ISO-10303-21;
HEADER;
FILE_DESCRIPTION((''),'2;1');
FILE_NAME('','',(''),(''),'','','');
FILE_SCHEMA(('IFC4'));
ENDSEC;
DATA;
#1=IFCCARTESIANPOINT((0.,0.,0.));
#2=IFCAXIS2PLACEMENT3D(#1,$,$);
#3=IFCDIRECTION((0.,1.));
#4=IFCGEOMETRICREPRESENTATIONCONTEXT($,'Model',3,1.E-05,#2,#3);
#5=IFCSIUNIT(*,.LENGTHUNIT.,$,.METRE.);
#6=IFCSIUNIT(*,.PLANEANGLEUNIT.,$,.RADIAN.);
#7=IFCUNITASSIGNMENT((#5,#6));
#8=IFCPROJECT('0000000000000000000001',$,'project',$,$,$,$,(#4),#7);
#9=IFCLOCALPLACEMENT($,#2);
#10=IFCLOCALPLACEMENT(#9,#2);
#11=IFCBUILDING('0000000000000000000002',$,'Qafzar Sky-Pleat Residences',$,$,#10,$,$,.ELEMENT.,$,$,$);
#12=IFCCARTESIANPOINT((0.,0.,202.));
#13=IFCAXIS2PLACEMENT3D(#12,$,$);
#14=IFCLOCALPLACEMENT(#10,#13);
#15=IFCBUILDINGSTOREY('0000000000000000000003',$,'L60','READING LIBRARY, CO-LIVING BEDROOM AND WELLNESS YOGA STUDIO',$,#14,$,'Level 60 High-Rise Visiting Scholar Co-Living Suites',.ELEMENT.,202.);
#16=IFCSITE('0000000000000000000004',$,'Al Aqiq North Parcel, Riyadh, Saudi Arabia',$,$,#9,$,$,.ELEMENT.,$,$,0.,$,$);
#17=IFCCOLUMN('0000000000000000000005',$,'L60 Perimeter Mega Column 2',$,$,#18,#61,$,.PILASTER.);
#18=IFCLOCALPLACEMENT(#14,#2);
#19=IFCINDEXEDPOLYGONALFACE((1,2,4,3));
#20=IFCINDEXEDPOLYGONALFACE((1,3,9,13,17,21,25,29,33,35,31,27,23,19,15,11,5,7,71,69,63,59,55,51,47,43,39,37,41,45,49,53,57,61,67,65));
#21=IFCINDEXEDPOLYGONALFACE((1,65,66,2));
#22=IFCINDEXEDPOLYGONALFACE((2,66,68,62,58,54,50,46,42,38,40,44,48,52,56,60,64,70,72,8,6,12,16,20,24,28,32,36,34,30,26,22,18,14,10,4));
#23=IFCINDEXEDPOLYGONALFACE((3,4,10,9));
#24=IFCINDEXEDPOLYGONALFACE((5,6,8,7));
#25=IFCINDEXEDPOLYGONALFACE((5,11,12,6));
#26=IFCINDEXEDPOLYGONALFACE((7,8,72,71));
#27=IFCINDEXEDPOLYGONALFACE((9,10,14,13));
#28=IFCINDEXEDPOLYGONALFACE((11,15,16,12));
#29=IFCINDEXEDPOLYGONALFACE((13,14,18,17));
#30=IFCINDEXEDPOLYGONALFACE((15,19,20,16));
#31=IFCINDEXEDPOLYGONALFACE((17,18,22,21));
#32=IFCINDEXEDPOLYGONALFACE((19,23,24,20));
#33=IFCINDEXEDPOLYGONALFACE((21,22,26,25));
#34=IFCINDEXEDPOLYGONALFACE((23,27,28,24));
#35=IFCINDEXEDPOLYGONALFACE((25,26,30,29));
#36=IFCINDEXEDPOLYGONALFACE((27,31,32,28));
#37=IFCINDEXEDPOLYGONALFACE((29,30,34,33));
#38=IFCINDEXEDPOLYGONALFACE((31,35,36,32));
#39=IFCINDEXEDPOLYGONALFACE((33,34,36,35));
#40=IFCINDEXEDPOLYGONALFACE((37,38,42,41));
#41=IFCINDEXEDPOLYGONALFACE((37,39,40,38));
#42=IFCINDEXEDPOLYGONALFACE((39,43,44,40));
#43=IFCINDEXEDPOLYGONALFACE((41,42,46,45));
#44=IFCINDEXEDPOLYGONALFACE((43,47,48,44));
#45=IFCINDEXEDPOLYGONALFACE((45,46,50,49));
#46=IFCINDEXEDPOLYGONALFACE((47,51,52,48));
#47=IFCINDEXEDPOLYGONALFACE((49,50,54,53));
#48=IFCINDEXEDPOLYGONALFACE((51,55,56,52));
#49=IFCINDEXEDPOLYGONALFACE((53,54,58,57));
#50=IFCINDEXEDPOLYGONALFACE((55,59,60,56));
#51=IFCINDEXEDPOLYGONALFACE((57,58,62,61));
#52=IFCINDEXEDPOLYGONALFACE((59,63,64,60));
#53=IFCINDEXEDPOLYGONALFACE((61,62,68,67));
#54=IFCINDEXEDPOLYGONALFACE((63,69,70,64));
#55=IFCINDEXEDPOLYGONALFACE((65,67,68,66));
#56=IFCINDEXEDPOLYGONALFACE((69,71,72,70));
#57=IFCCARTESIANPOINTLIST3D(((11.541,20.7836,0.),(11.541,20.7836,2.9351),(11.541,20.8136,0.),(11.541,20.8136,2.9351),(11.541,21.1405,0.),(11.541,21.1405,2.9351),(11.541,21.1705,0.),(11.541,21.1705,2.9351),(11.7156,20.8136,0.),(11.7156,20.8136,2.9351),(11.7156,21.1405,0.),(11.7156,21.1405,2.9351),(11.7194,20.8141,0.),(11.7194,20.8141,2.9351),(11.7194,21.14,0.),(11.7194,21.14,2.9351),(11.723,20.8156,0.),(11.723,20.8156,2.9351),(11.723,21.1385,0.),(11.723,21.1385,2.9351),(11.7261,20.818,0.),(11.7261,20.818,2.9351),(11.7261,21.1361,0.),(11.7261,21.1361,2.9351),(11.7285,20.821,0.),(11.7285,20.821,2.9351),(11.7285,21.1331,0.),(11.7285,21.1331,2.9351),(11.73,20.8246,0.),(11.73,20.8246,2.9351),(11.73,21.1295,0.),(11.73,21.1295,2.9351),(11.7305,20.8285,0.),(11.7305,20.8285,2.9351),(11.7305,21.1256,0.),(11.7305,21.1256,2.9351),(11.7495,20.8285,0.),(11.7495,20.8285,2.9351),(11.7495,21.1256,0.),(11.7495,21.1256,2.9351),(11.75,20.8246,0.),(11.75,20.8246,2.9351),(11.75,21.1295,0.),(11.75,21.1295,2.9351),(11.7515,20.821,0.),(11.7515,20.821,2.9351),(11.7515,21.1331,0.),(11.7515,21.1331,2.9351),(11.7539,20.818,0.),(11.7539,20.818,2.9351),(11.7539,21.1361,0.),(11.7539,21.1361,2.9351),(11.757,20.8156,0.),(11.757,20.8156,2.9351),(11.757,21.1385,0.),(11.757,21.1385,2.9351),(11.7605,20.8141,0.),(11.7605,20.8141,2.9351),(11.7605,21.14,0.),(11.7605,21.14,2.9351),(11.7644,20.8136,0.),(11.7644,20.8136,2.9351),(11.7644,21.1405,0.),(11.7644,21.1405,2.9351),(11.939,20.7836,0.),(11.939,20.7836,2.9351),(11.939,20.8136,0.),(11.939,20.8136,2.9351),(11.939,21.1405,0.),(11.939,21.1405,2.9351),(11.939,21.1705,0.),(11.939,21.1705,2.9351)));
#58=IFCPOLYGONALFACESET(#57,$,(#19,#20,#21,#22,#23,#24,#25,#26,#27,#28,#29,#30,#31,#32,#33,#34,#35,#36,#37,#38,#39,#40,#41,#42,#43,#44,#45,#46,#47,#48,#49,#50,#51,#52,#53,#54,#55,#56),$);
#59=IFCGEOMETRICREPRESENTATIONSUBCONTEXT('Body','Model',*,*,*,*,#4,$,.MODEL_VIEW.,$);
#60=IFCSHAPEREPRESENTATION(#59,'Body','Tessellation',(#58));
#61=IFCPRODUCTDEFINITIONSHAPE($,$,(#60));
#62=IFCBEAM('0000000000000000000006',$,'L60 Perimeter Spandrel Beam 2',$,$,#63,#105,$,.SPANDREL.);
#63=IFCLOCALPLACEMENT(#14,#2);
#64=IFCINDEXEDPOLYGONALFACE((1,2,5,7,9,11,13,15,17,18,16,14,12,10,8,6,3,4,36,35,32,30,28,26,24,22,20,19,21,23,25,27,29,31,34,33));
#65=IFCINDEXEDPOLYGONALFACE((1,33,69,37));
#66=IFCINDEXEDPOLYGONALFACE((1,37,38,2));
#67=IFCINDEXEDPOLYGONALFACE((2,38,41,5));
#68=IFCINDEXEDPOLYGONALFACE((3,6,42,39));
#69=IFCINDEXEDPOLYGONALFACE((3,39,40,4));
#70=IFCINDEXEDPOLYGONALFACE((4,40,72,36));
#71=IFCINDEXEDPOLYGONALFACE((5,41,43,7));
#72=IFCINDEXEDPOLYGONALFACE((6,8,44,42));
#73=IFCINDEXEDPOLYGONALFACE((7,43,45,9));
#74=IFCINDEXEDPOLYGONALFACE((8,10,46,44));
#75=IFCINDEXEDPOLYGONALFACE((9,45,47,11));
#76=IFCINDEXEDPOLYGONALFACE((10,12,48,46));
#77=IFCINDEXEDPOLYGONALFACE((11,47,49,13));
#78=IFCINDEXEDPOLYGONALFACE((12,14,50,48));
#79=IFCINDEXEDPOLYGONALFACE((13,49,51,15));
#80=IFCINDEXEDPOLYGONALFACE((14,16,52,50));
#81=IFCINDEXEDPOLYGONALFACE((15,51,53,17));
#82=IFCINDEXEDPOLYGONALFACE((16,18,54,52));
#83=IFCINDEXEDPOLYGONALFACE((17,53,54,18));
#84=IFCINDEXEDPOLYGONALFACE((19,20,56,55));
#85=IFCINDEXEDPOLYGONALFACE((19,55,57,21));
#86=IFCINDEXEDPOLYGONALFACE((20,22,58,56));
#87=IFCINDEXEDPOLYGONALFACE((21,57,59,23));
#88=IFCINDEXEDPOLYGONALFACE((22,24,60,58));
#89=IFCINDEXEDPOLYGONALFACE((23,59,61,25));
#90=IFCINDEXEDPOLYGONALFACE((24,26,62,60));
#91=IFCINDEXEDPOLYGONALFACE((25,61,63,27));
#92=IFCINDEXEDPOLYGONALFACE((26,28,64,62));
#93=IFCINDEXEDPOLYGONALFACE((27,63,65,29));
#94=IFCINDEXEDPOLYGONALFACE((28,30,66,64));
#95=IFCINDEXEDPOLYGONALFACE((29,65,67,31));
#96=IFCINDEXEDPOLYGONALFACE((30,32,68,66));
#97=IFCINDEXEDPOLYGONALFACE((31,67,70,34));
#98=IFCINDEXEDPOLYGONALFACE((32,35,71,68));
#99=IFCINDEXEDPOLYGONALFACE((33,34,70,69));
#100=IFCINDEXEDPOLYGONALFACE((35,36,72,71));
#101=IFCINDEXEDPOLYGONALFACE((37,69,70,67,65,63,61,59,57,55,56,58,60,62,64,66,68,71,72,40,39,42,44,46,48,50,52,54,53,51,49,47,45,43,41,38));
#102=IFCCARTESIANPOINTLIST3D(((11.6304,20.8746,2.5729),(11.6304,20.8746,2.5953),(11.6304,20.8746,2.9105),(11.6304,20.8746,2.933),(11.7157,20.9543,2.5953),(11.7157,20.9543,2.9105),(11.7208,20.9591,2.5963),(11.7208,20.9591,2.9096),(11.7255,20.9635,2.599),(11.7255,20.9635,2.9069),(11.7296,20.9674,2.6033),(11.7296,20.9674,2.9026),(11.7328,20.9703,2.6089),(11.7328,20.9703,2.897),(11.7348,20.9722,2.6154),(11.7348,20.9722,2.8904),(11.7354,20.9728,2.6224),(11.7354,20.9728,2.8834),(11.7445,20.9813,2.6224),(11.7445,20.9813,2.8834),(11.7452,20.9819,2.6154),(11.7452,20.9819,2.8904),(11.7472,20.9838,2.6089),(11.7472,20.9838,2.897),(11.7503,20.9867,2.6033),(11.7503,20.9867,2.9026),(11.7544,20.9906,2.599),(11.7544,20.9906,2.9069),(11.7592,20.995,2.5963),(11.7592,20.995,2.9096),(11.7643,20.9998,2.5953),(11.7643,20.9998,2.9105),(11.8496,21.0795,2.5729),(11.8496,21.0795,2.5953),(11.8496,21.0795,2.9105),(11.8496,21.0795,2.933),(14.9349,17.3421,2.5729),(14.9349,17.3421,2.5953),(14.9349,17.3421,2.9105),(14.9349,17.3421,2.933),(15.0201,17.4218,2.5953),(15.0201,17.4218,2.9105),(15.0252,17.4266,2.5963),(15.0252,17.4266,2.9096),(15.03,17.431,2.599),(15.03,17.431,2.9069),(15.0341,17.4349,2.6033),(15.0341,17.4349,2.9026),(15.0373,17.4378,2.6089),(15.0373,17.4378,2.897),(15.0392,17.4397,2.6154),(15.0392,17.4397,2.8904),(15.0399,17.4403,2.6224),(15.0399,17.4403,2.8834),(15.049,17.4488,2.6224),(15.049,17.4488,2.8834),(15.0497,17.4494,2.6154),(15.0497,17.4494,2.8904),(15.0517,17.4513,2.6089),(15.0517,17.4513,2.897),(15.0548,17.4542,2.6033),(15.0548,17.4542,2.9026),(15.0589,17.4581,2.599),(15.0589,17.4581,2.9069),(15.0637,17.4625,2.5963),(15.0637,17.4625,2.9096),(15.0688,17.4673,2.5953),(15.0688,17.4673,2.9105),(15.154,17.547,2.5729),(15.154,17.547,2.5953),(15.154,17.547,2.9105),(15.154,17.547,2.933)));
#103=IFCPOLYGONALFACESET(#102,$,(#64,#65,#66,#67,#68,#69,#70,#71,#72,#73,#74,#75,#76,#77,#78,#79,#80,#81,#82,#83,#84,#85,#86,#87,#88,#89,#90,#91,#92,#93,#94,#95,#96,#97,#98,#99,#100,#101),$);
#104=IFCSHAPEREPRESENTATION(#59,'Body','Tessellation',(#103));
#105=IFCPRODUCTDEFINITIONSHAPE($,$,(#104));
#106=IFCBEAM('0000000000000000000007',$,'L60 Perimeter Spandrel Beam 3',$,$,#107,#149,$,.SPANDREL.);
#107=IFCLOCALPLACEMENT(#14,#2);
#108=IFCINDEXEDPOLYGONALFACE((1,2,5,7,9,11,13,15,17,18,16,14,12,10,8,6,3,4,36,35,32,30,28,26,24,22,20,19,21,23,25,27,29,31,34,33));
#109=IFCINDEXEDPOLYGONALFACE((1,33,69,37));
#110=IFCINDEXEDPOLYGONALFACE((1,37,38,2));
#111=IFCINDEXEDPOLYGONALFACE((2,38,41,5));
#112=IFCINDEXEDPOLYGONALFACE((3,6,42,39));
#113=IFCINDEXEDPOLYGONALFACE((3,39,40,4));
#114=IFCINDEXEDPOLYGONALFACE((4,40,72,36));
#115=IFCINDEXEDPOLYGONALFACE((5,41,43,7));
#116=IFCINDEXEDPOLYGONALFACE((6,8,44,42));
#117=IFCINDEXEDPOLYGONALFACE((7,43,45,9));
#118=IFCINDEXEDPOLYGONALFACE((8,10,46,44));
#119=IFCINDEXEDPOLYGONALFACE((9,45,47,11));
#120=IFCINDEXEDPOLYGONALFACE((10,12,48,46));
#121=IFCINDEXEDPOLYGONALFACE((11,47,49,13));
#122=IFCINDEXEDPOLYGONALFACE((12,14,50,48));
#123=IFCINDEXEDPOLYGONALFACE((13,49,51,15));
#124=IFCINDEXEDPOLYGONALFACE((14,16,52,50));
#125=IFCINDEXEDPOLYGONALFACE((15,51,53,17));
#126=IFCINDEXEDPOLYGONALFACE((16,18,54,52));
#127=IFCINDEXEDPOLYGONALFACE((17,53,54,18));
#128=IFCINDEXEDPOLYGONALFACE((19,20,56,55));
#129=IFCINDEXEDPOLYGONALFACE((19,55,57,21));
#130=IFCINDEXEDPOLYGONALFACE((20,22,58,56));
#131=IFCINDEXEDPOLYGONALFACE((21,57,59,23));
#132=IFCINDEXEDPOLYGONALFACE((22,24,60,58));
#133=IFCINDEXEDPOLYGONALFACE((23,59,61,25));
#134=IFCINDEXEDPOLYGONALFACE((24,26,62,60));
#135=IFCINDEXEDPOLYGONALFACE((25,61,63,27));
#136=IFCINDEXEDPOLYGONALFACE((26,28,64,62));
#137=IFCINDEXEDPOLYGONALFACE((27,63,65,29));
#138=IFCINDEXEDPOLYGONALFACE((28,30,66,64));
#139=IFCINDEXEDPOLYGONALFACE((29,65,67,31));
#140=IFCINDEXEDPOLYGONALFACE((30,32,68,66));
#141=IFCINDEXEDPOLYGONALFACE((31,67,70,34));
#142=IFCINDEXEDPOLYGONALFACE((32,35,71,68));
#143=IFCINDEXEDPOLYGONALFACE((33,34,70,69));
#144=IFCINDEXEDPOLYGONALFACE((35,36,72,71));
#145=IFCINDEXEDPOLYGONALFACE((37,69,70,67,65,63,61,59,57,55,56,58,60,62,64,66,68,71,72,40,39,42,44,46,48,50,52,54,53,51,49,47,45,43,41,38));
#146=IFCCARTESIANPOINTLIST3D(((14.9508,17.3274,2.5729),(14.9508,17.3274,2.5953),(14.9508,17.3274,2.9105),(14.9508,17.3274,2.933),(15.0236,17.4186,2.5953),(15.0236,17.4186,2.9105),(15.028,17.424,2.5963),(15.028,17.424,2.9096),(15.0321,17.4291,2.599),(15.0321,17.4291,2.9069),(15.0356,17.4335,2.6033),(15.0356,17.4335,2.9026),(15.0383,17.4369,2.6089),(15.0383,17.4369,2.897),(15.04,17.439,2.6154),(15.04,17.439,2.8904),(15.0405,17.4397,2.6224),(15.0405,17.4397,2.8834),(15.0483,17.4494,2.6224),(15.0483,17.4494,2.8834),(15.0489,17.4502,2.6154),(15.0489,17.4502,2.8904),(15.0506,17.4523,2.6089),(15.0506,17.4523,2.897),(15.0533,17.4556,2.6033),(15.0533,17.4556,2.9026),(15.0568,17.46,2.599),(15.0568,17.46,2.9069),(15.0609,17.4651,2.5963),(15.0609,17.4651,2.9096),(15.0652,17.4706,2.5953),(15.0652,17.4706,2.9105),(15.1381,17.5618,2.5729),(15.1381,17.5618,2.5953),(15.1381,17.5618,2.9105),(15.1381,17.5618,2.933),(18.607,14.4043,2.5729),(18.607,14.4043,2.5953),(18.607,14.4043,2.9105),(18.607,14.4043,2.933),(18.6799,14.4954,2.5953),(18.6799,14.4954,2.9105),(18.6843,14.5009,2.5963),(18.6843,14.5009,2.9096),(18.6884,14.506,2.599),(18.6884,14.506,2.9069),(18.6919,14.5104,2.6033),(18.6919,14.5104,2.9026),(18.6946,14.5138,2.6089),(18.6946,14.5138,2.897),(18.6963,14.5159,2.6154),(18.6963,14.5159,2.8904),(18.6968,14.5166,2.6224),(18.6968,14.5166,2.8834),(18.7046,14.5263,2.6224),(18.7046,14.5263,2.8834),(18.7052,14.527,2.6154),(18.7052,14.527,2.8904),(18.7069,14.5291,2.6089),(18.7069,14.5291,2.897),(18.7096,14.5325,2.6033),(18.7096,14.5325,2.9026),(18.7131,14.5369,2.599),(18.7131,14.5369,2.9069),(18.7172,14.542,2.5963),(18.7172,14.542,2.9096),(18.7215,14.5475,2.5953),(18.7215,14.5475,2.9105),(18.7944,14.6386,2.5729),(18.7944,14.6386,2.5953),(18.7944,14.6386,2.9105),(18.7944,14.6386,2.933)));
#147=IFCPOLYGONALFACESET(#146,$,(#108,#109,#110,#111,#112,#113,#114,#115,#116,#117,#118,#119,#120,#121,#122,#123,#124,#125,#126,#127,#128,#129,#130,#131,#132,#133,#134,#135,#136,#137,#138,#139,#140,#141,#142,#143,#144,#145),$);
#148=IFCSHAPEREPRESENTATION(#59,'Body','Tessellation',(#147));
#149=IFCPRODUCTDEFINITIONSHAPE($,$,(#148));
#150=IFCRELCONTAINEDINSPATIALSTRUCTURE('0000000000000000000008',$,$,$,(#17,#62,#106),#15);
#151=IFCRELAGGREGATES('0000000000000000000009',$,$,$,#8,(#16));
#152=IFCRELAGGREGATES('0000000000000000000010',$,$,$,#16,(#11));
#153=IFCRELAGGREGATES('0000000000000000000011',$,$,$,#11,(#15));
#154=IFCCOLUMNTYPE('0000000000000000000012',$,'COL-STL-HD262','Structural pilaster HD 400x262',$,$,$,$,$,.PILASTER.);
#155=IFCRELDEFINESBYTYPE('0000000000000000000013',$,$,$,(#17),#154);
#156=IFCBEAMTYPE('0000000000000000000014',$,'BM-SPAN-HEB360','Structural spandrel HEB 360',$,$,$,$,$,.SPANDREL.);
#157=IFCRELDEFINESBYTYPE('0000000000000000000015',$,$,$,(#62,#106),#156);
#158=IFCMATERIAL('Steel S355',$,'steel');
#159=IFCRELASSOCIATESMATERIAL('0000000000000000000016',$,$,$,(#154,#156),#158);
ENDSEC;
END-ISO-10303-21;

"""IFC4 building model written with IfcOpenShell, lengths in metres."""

from ifc_helpers import new_model, si_unit, direction, frame, origin, origin_2d, place, context, subcontext, project, spatial, i_section, extrude, source, transform, mapped, material, material_profile, profile_set, type_object, element, save


model = new_model("IFC4")

# Units and contexts
model_context = context("Model", 3, precision=1e-05, world=origin(), true_north=direction((0.0, 1.0)))
body_context = subcontext(model_context, "Body", "Model", "MODEL_VIEW")
ifc_project = project(units=[si_unit("LENGTHUNIT", "METRE"), si_unit("PLANEANGLEUNIT", "RADIAN")], contexts=[model_context])

# Site, building, storey
site_placement = place(None, origin())
site = spatial("IfcSite", under=ifc_project, at=site_placement, Name="Al Aqiq North Parcel, Riyadh, Saudi Arabia", CompositionType="ELEMENT", RefElevation=0.0)
building_placement = place(site_placement, origin())
building = spatial("IfcBuilding", under=site, at=building_placement, Name="Qafzar Sky-Pleat Residences", CompositionType="ELEMENT")
storey_placement = place(building_placement, frame((0.0, 0.0, 202.0)))
storey = spatial("IfcBuildingStorey", under=building, at=storey_placement, Name="L60", Description="READING LIBRARY, CO-LIVING BEDROOM AND WELLNESS YOGA STUDIO", LongName="Level 60 High-Rise Visiting Scholar Co-Living Suites", CompositionType="ELEMENT", Elevation=202.0)

# Column
ifc_material_1 = material(Name="Steel S355", Category="steel")
ifc_material_profile_1 = material_profile(ifc_material_1, i_section(OverallWidth=0.3979, OverallDepth=0.387, WebThickness=0.019, FlangeThickness=0.03, FilletRadius=0.0149, at=origin_2d()), Name="HD 400x262")
ifc_profile_set_1 = profile_set([ifc_material_profile_1], Name="Steel S355")
column_type = type_object("IfcColumnType", Name="COL-STL-HD262", Description="Structural pilaster HD 400x262", PredefinedType="PILASTER", material=ifc_profile_set_1)
shared_shape_1 = source(origin(), body_context, "Body", "SweptSolid", [
    extrude(i_section(OverallWidth=0.3979, OverallDepth=0.387, WebThickness=0.019, FlangeThickness=0.03, FilletRadius=0.0149, at=origin_2d()), origin(), (0.0, 0.0, 1.0), 2.9351),
])
column_placement = place(storey_placement, frame((11.74, 20.9771, 0.0), z_axis=(0.0, 0.0, 1.0), x_axis=(1.0, 0.0, 0.0)))
element("IfcColumn", 1, at=column_placement, inside=storey, type_object=column_type, Name="L60 Perimeter Mega Column 2", PredefinedType="PILASTER", context=body_context, shape_type="MappedRepresentation", body=[
    mapped(shared_shape_1, transform((0.0, 0.0, 0.0), x_axis=(1.0, 0.0, 0.0), y_axis=(0.0, 1.0, 0.0), z_axis=(0.0, 0.0, 1.0), scale=1.0)),
])

# Beams
ifc_material_profile_2 = material_profile(ifc_material_1, i_section(OverallWidth=0.3, OverallDepth=0.3601, WebThickness=0.0125, FlangeThickness=0.0225, FilletRadius=0.0271, at=origin_2d()), Name="HEB 360")
ifc_profile_set_2 = profile_set([ifc_material_profile_2], Name="Steel S355")
beam_type_1 = type_object("IfcBeamType", Name="BM-SPAN-HEB360", Description="Structural spandrel HEB 360", PredefinedType="SPANDREL", material=ifc_profile_set_2)
shared_shape_2 = source(origin(), body_context, "Body", "SweptSolid", [
    extrude(i_section(OverallWidth=0.3, OverallDepth=0.3601, WebThickness=0.0125, FlangeThickness=0.0225, FilletRadius=0.0271, at=origin_2d()), origin(), (0.0, 0.0, 1.0), 4.8372),
])
beam_1_placement = place(storey_placement, frame((11.74, 20.9771, 2.7529), z_axis=(0.683143, -0.730284, 0.0), x_axis=(0.730284, 0.683143, 0.0)))
element("IfcBeam", 2, at=beam_1_placement, inside=storey, type_object=beam_type_1, Name="L60 Perimeter Spandrel Beam 2", PredefinedType="SPANDREL", context=body_context, shape_type="MappedRepresentation", body=[
    mapped(shared_shape_2, transform((0.0, 0.0, 0.0), x_axis=(1.0, 0.0, 0.0), y_axis=(0.0, 1.0, 0.0), z_axis=(0.0, 0.0, 1.0), scale=1.0)),
])
shared_shape_3 = source(origin(), body_context, "Body", "SweptSolid", [
    extrude(i_section(OverallWidth=0.3, OverallDepth=0.3601, WebThickness=0.0125, FlangeThickness=0.0225, FilletRadius=0.0271, at=origin_2d()), origin(), (0.0, 0.0, 1.0), 4.6812),
])
beam_2_placement = place(storey_placement, frame((15.0444, 17.4446, 2.7529), z_axis=(0.781067, -0.624447, 0.0), x_axis=(0.624447, 0.781067, 0.0)))
element("IfcBeam", 3, at=beam_2_placement, inside=storey, type_object=beam_type_1, Name="L60 Perimeter Spandrel Beam 3", PredefinedType="SPANDREL", context=body_context, shape_type="MappedRepresentation", body=[
    mapped(shared_shape_3, transform((0.0, 0.0, 0.0), x_axis=(1.0, 0.0, 0.0), y_axis=(0.0, 1.0, 0.0), z_axis=(0.0, 0.0, 1.0), scale=1.0)),
])

save(model, "model.ifc")
